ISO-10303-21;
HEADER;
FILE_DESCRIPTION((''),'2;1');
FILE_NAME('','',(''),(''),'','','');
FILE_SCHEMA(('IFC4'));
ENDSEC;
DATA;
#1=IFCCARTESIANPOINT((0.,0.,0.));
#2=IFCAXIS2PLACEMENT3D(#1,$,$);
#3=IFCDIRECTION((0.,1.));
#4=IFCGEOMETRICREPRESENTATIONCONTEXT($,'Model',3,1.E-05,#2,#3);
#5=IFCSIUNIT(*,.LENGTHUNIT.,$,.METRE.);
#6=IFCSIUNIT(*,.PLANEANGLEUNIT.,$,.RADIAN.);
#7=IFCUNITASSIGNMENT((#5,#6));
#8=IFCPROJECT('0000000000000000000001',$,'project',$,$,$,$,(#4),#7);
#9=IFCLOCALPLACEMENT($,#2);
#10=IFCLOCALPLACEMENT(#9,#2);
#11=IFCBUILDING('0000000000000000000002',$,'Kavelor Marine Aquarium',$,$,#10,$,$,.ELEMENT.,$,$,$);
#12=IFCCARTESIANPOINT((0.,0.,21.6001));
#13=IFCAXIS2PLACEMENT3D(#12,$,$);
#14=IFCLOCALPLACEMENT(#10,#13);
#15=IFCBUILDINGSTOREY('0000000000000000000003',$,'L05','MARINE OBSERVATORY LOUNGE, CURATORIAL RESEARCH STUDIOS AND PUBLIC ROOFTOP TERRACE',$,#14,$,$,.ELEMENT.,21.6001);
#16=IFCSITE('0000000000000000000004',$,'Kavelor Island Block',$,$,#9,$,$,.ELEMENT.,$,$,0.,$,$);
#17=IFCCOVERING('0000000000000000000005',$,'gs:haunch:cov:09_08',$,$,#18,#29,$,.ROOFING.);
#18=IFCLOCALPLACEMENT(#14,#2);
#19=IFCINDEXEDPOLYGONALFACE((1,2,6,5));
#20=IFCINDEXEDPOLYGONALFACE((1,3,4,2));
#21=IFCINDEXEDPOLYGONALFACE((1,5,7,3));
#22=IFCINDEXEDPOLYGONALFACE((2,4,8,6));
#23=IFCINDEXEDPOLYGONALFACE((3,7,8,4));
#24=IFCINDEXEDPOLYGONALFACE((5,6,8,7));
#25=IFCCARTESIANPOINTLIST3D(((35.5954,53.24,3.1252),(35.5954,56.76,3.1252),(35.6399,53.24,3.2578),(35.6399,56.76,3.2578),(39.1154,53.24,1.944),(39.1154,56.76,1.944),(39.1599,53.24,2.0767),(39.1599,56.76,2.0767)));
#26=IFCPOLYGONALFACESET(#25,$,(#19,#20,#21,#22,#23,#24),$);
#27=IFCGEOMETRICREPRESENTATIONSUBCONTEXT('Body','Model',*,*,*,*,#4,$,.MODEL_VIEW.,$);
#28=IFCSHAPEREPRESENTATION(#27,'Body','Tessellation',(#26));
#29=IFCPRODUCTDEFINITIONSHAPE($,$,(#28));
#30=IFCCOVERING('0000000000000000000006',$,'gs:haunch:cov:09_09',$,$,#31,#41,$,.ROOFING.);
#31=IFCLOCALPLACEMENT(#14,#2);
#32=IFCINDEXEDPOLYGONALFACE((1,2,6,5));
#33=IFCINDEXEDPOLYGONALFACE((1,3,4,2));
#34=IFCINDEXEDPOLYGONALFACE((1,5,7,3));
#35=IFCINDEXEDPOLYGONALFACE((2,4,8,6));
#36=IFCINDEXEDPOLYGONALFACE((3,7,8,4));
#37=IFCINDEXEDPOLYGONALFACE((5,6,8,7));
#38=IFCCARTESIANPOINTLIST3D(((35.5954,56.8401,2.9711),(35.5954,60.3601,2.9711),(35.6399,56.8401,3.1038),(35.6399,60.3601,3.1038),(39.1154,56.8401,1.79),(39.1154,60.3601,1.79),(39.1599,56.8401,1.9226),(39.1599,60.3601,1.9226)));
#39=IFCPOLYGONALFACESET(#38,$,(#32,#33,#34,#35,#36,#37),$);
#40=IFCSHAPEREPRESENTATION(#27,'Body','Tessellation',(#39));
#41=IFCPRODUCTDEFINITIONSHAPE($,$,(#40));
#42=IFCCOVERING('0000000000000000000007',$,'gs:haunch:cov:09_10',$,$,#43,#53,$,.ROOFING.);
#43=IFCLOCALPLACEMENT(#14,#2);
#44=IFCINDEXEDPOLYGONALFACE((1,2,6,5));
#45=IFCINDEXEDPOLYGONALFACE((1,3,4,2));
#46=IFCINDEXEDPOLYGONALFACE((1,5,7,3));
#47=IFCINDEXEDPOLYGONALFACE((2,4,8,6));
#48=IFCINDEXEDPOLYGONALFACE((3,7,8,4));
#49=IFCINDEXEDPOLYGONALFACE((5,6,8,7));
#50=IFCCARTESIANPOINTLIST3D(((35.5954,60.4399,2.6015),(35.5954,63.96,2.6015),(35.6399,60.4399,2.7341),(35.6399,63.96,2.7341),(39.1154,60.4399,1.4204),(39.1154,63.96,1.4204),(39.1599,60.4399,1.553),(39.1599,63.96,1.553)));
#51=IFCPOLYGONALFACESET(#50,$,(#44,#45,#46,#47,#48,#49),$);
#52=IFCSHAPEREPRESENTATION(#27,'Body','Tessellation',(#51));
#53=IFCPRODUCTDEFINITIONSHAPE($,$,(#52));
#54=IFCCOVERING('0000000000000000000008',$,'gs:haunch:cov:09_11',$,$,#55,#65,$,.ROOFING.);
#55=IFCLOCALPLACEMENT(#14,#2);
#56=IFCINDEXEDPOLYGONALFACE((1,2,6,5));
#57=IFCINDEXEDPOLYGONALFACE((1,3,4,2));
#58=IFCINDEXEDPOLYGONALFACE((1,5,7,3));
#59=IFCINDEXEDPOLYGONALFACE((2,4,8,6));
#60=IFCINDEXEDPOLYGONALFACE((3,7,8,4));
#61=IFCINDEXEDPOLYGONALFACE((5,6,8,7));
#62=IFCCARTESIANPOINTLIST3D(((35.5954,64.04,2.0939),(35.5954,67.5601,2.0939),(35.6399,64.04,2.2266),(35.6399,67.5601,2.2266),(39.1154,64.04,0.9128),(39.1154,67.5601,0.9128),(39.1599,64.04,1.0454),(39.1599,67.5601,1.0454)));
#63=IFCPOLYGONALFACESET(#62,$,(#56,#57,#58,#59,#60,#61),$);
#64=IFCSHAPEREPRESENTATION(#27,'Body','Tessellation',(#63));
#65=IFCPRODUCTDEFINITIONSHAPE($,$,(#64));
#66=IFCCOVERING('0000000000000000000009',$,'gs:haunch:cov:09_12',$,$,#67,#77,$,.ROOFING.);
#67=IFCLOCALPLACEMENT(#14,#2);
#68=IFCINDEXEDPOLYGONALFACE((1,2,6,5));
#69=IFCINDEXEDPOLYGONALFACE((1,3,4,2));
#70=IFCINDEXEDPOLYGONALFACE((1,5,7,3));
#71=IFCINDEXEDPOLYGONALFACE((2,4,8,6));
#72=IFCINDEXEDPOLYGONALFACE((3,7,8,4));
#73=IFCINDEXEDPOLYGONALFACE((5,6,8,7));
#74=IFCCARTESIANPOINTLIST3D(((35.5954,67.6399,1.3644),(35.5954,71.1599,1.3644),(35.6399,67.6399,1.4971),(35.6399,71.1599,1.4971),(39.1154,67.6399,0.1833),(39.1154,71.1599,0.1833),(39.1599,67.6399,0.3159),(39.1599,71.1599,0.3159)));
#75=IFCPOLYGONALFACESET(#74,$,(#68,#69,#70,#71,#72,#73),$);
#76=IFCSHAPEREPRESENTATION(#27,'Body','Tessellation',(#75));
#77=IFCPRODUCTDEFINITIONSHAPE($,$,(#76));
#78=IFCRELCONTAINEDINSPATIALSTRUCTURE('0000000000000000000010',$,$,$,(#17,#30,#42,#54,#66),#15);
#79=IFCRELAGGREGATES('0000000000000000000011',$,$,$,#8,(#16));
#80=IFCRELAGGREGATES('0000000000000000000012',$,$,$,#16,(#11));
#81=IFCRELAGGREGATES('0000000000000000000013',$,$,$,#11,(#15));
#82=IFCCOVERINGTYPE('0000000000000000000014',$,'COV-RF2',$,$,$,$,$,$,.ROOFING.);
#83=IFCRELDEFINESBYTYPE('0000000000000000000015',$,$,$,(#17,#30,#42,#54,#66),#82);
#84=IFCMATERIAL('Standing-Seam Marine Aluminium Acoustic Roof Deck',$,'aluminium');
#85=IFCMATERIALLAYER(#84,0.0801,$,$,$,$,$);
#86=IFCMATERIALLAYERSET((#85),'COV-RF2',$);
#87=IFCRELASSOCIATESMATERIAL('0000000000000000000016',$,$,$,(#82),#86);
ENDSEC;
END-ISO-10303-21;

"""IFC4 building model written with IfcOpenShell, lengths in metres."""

from ifc_helpers import new_model, si_unit, direction, frame, origin, place, context, subcontext, project, spatial, polyline, outline, extrude, material, layer, layer_set, type_object, element, save


model = new_model("IFC4")

# Units and contexts
model_context = context("Model", 3, precision=1e-05, world=origin(), true_north=direction((0.0, 1.0)))
body_context = subcontext(model_context, "Body", "Model", "MODEL_VIEW")
ifc_project = project(units=[si_unit("LENGTHUNIT", "METRE"), si_unit("PLANEANGLEUNIT", "RADIAN")], contexts=[model_context])

# Site, building, storey
site_placement = place(None, origin())
site = spatial("IfcSite", under=ifc_project, at=site_placement, Name="Kavelor Island Block", CompositionType="ELEMENT", RefElevation=0.0)
building_placement = place(site_placement, origin())
building = spatial("IfcBuilding", under=site, at=building_placement, Name="Kavelor Marine Aquarium", CompositionType="ELEMENT")
storey_placement = place(building_placement, frame((0.0, 0.0, 21.6001)))
storey = spatial("IfcBuildingStorey", under=building, at=storey_placement, Name="L05", Description="MARINE OBSERVATORY LOUNGE, CURATORIAL RESEARCH STUDIOS AND PUBLIC ROOFTOP TERRACE", CompositionType="ELEMENT", Elevation=21.6001)

# Coverings
ifc_material_1 = material(Name="Standing-Seam Marine Aluminium Acoustic Roof Deck", Category="aluminium")
ifc_layer_1 = layer(ifc_material_1, 0.0801)
ifc_layer_set_1 = layer_set([ifc_layer_1], Name="COV-RF2")
covering_type = type_object("IfcCoveringType", Name="COV-RF2", PredefinedType="ROOFING", material=ifc_layer_set_1)
for number, where, z_axis, x_axis, name in (
    (1, (35.6399, 53.24, 3.2578), (0.318121, 0.0, 0.94805), (0.94805, 0.0, -0.318121), "gs:haunch:cov:09_08"),
    (2, (35.6399, 56.8401, 3.1038), (0.318121, 0.0, 0.94805), (0.94805, 0.0, -0.318121), "gs:haunch:cov:09_09"),
    (3, (35.6399, 60.4399, 2.7341), (0.318121, 0.0, 0.94805), (0.94805, 0.0, -0.318121), "gs:haunch:cov:09_10"),
    (4, (35.6399, 64.04, 2.2266), (0.318121, 0.0, 0.94805), (0.94805, 0.0, -0.318121), "gs:haunch:cov:09_11"),
    (5, (35.6399, 67.6399, 1.4971), (0.318121, 0.0, 0.94805), (0.94805, 0.0, -0.318121), "gs:haunch:cov:09_12"),
):
    element("IfcCovering", number, at=place(storey_placement, frame(where, z_axis=z_axis, x_axis=x_axis)), inside=storey, type_object=covering_type, Name=name, PredefinedType="ROOFING", context=body_context, shape_type="SweptSolid", body=[
        extrude(outline(polyline([(0.0, 0.0), (3.7129, 0.0), (3.7129, 3.52), (0.0, 3.52), (0.0, 0.0)])), origin(), (0.0, 0.0, -1.0), 0.1399),
    ])

save(model, "model.ifc")
